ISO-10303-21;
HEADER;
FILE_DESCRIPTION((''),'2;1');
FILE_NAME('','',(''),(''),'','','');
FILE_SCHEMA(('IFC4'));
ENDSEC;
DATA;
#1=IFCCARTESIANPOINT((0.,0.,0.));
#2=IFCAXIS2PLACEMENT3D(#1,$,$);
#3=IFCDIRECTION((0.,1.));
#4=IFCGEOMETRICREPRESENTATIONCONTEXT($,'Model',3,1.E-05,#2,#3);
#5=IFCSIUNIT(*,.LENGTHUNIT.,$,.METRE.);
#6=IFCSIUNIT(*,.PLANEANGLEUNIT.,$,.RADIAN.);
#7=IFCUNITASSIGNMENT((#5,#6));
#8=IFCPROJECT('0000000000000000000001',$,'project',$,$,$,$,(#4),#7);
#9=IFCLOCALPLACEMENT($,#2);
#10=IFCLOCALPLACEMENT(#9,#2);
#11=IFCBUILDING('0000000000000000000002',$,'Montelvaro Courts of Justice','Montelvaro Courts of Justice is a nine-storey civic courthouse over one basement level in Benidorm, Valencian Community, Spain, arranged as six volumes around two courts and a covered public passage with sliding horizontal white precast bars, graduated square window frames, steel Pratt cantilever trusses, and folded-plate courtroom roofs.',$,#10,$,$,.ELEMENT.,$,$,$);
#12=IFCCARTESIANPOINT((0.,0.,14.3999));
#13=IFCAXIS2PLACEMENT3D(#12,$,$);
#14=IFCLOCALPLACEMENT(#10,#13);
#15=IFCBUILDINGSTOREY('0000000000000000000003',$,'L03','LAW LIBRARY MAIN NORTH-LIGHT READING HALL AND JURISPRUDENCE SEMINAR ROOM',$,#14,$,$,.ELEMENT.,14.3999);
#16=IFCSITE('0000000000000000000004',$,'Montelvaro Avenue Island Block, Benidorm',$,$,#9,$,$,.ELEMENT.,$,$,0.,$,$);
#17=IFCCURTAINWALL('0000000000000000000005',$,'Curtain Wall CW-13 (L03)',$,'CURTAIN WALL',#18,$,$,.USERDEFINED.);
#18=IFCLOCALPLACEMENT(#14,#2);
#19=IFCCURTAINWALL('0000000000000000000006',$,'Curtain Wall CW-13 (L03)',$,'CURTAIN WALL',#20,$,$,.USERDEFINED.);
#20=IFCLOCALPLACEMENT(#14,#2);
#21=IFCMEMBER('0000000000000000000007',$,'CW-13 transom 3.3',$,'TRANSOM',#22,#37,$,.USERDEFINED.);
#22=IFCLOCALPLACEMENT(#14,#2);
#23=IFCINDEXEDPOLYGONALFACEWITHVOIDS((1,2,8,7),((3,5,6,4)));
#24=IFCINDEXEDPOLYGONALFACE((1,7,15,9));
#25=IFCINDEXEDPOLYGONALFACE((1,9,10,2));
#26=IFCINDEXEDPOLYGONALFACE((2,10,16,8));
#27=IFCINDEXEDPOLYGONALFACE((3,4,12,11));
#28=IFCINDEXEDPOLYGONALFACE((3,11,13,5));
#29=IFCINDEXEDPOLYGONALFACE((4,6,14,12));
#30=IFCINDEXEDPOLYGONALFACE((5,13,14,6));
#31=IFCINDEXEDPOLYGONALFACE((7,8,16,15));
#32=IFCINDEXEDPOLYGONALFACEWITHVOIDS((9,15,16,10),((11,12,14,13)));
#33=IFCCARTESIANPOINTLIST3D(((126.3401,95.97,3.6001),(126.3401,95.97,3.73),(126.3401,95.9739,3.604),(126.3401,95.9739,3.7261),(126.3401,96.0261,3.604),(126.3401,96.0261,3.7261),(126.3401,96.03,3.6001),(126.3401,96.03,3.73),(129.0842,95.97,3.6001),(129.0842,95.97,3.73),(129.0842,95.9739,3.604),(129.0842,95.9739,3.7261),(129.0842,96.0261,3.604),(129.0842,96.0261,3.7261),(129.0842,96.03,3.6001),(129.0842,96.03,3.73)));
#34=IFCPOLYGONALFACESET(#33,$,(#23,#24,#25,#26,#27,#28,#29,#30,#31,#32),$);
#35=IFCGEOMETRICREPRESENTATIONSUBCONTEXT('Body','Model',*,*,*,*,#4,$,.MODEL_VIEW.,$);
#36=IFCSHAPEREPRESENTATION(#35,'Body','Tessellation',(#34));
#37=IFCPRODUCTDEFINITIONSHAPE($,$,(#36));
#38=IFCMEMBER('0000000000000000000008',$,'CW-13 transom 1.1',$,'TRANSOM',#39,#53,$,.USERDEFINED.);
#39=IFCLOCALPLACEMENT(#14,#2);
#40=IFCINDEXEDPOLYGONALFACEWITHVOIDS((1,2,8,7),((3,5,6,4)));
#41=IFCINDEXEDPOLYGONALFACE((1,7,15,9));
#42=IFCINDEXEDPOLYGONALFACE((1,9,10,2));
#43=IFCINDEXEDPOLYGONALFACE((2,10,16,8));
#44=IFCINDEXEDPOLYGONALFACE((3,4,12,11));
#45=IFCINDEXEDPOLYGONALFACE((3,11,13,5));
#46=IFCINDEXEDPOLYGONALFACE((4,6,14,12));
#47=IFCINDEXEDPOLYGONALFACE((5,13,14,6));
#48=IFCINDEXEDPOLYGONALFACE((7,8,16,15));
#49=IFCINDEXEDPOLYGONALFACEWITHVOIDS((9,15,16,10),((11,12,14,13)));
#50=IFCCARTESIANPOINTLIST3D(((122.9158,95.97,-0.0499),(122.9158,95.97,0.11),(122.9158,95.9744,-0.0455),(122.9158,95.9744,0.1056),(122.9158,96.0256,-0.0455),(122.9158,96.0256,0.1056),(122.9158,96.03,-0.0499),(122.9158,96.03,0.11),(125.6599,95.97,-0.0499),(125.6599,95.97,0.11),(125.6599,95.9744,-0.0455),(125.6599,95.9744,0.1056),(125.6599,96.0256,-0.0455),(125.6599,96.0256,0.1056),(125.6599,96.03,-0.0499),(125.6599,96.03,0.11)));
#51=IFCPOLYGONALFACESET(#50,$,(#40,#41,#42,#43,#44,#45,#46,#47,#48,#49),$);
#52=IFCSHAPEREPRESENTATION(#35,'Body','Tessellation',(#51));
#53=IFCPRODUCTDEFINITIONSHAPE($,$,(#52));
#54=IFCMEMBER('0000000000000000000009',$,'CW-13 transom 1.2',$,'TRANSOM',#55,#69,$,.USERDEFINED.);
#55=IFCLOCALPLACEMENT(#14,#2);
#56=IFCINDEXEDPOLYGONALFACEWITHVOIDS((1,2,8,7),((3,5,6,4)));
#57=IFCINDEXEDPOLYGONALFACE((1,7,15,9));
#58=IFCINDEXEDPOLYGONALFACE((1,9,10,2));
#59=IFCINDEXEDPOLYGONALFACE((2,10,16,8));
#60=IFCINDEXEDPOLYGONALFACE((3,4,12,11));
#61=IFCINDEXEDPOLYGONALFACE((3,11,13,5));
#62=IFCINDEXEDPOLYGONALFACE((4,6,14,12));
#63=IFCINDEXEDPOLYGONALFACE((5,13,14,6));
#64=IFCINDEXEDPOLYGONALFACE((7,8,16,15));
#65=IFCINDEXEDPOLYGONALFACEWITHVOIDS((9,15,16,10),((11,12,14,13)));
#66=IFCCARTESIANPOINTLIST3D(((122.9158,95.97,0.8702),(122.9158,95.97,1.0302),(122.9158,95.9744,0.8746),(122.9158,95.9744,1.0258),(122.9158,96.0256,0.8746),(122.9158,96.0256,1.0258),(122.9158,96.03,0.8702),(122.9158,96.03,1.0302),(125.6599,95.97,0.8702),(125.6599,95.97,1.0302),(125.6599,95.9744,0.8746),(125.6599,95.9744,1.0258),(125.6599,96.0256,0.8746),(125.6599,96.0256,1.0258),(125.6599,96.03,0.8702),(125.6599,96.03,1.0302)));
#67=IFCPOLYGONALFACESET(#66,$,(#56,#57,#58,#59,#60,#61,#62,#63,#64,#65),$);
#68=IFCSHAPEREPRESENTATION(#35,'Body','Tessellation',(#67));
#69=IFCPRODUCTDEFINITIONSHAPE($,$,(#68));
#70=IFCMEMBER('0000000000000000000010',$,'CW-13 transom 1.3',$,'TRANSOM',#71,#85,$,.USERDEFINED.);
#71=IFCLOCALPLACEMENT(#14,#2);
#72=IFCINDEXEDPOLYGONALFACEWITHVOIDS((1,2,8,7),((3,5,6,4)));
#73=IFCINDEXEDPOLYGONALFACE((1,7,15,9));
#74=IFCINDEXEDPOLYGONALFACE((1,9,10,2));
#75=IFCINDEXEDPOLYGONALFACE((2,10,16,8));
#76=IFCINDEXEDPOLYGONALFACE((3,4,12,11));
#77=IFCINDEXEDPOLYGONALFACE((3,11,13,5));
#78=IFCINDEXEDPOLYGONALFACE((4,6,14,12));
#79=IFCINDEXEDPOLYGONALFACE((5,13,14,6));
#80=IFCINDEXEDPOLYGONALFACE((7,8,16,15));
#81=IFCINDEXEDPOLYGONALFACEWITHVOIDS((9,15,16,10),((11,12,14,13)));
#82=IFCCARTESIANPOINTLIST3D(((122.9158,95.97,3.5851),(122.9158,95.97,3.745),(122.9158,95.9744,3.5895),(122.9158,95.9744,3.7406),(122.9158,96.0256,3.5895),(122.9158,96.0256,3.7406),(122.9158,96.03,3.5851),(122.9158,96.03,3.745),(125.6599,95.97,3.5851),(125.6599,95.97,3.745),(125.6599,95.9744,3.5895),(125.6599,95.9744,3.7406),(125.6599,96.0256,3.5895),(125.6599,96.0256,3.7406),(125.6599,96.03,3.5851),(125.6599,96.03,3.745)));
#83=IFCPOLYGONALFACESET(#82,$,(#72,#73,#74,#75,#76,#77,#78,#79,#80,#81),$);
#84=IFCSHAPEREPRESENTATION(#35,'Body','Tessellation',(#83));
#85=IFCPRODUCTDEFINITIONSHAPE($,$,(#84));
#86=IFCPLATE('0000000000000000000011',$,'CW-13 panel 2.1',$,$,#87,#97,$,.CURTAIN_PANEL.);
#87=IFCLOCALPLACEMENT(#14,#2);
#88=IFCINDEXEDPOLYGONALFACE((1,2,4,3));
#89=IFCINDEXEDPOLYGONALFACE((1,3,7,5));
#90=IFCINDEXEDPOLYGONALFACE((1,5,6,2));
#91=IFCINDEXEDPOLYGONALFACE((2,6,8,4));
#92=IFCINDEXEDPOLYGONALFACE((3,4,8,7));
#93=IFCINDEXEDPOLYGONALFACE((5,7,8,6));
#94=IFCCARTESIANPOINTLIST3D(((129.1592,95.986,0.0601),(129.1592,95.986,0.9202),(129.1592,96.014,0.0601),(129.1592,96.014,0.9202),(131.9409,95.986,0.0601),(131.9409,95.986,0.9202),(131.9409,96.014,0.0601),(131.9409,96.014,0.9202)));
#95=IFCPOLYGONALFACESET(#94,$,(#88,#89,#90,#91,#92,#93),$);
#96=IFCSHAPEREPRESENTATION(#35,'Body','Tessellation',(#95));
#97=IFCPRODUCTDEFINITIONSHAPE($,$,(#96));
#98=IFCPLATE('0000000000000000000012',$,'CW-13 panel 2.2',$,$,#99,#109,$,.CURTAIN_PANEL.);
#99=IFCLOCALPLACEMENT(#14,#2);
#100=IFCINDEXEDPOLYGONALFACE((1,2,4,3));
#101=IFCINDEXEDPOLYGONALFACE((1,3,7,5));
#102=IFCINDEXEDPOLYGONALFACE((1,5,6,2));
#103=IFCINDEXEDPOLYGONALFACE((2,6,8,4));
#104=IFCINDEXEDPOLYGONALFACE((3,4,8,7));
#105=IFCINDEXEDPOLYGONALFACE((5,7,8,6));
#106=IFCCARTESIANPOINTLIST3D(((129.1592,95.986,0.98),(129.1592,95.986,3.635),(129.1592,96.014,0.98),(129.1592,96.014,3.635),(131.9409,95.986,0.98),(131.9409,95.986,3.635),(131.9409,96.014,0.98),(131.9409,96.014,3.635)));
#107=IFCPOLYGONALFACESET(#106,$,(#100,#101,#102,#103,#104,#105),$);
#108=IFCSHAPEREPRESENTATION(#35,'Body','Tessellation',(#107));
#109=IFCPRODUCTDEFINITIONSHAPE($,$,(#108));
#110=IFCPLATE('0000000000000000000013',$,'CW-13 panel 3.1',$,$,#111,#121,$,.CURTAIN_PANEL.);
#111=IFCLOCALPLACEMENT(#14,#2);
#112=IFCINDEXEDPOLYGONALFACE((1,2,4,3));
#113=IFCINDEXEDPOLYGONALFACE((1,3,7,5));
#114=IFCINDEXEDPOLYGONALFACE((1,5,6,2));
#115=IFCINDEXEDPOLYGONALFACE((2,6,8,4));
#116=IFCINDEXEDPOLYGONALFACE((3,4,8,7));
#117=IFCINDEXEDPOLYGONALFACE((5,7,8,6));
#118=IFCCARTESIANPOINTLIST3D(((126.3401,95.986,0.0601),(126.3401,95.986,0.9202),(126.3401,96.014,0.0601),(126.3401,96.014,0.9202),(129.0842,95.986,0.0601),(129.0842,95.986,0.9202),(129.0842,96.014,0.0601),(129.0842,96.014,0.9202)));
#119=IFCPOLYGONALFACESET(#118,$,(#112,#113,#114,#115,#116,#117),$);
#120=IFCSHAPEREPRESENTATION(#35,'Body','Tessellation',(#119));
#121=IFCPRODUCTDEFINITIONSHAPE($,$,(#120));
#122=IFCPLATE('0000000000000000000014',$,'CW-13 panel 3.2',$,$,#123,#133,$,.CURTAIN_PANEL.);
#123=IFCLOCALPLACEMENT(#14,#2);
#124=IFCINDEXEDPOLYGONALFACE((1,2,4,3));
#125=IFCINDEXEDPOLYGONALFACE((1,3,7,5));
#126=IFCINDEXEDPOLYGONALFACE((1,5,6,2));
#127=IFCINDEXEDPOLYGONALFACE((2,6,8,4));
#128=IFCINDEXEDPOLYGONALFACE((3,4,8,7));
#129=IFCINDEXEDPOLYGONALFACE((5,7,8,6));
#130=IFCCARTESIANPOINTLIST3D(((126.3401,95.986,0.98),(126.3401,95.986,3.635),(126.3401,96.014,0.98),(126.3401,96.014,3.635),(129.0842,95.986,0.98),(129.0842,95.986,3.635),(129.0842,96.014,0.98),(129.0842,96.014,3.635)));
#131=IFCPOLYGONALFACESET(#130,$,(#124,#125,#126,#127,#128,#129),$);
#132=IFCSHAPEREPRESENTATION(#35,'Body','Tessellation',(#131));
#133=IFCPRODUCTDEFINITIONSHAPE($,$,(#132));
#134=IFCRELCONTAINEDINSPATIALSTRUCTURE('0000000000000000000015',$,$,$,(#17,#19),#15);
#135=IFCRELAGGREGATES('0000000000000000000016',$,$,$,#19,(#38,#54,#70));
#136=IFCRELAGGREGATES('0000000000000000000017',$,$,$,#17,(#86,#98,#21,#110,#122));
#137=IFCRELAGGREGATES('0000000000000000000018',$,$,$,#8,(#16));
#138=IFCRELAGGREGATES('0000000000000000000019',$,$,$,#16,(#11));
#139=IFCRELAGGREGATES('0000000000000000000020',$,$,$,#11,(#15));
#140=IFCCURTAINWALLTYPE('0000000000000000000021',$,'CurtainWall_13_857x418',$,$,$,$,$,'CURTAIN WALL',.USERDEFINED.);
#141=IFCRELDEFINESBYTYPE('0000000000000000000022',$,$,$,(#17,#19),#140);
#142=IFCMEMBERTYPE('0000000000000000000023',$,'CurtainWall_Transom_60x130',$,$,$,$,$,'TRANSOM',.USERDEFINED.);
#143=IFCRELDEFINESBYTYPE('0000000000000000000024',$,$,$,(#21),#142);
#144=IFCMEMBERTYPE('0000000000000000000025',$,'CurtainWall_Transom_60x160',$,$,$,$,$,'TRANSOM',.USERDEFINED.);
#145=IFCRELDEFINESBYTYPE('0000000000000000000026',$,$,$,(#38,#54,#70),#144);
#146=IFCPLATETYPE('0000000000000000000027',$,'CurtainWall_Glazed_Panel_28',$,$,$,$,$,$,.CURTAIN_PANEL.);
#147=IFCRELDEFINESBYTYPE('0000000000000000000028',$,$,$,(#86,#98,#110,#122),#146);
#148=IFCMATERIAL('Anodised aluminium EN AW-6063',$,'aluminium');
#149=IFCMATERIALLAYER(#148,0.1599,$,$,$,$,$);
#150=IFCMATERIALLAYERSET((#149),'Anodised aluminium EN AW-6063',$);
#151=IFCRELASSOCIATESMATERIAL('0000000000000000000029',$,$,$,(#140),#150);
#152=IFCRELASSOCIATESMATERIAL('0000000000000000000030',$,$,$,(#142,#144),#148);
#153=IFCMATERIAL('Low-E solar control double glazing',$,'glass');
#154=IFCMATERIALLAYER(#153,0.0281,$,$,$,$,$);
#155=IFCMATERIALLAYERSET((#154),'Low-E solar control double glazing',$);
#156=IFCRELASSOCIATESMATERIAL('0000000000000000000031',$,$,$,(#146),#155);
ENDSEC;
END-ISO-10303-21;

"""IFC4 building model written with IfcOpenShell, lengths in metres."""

from ifc_helpers import new_model, si_unit, direction, frame, origin, origin_2d, place, context, subcontext, project, spatial, rectangle, hollow_rectangle, extrude, material, layer, layer_set, material_profile, profile_set, type_object, element, aggregate, save


model = new_model("IFC4")

# Units and contexts
model_context = context("Model", 3, precision=1e-05, world=origin(), true_north=direction((0.0, 1.0)))
body_context = subcontext(model_context, "Body", "Model", "MODEL_VIEW")
ifc_project = project(units=[si_unit("LENGTHUNIT", "METRE"), si_unit("PLANEANGLEUNIT", "RADIAN")], contexts=[model_context])

# Site, building, storey
site_placement = place(None, origin())
site = spatial("IfcSite", under=ifc_project, at=site_placement, Name="Montelvaro Avenue Island Block, Benidorm", CompositionType="ELEMENT", RefElevation=0.0)
building_placement = place(site_placement, origin())
building = spatial("IfcBuilding", under=site, at=building_placement, Name="Montelvaro Courts of Justice", Description="Montelvaro Courts of Justice is a nine-storey civic courthouse over one basement level in Benidorm, Valencian Community, Spain, arranged as six volumes around two courts and a covered public passage with sliding horizontal white precast bars, graduated square window frames, steel Pratt cantilever trusses, and folded-plate courtroom roofs.", CompositionType="ELEMENT")
storey_placement = place(building_placement, frame((0.0, 0.0, 14.3999)))
storey = spatial("IfcBuildingStorey", under=building, at=storey_placement, Name="L03", Description="LAW LIBRARY MAIN NORTH-LIGHT READING HALL AND JURISPRUDENCE SEMINAR ROOM", CompositionType="ELEMENT", Elevation=14.3999)

# Curtain wall
ifc_material_1 = material(Name="Anodised aluminium EN AW-6063", Category="aluminium")
ifc_layer_1 = layer(ifc_material_1, 0.1599)
ifc_layer_set_1 = layer_set([ifc_layer_1], Name="Anodised aluminium EN AW-6063")
curtain_wall_type = type_object("IfcCurtainWallType", Name="CurtainWall_13_857x418", ElementType="CURTAIN WALL", PredefinedType="USERDEFINED", material=ifc_layer_set_1)
curtain_wall_1_placement = place(storey_placement, origin())
curtain_wall_1 = element("IfcCurtainWall", 1, at=curtain_wall_1_placement, inside=storey, type_object=curtain_wall_type, Name="Curtain Wall CW-13 (L03)", ObjectType="CURTAIN WALL", PredefinedType="USERDEFINED")

# Curtain wall
curtain_wall_2_placement = place(storey_placement, origin())
curtain_wall_2 = element("IfcCurtainWall", 2, at=curtain_wall_2_placement, inside=storey, type_object=curtain_wall_type, Name="Curtain Wall CW-13 (L03)", ObjectType="CURTAIN WALL", PredefinedType="USERDEFINED")

# Members
ifc_material_profile_1 = material_profile(ifc_material_1, hollow_rectangle(XDim=0.0601, YDim=0.1299, WallThickness=0.0039, at=origin_2d()), Name="ALU-T 60x130")
ifc_profile_set_1 = profile_set([ifc_material_profile_1], Name="Anodised aluminium EN AW-6063")
member_type_1 = type_object("IfcMemberType", Name="CurtainWall_Transom_60x130", ElementType="TRANSOM", PredefinedType="USERDEFINED", material=ifc_profile_set_1)
member_1_placement = place(storey_placement, frame((129.0842, 96.0, 3.665), z_axis=(-1.0, 0.0, 0.0), x_axis=(0.0, -1.0, 0.0)))
member_1 = element("IfcMember", 3, at=member_1_placement, type_object=member_type_1, Name="CW-13 transom 3.3", ObjectType="TRANSOM", PredefinedType="USERDEFINED", context=body_context, shape_type="SweptSolid", body=[
    extrude(hollow_rectangle(XDim=0.0601, YDim=0.1299, WallThickness=0.0039, at=origin_2d()), origin(), (0.0, 0.0, 1.0), 2.7441),
])
ifc_material_profile_2 = material_profile(ifc_material_1, hollow_rectangle(XDim=0.0601, YDim=0.1599, WallThickness=0.0044, at=origin_2d()), Name="ALU-T 60x160")
ifc_profile_set_2 = profile_set([ifc_material_profile_2], Name="Anodised aluminium EN AW-6063")
member_type_2 = type_object("IfcMemberType", Name="CurtainWall_Transom_60x160", ElementType="TRANSOM", PredefinedType="USERDEFINED", material=ifc_profile_set_2)
member_2_placement = place(storey_placement, frame((125.6599, 96.0, 0.03), z_axis=(-1.0, 0.0, 0.0), x_axis=(0.0, -1.0, 0.0)))
member_2 = element("IfcMember", 4, at=member_2_placement, type_object=member_type_2, Name="CW-13 transom 1.1", ObjectType="TRANSOM", PredefinedType="USERDEFINED", context=body_context, shape_type="SweptSolid", body=[
    extrude(hollow_rectangle(XDim=0.0601, YDim=0.1599, WallThickness=0.0044, at=origin_2d()), origin(), (0.0, 0.0, 1.0), 2.7441),
])
member_3_placement = place(storey_placement, frame((125.6599, 96.0, 0.9502), z_axis=(-1.0, 0.0, 0.0), x_axis=(0.0, -1.0, 0.0)))
member_3 = element("IfcMember", 5, at=member_3_placement, type_object=member_type_2, Name="CW-13 transom 1.2", ObjectType="TRANSOM", PredefinedType="USERDEFINED", context=body_context, shape_type="SweptSolid", body=[
    extrude(hollow_rectangle(XDim=0.0601, YDim=0.1599, WallThickness=0.0044, at=origin_2d()), origin(), (0.0, 0.0, 1.0), 2.7441),
])
member_4_placement = place(storey_placement, frame((125.6599, 96.0, 3.665), z_axis=(-1.0, 0.0, 0.0), x_axis=(0.0, -1.0, 0.0)))
member_4 = element("IfcMember", 6, at=member_4_placement, type_object=member_type_2, Name="CW-13 transom 1.3", ObjectType="TRANSOM", PredefinedType="USERDEFINED", context=body_context, shape_type="SweptSolid", body=[
    extrude(hollow_rectangle(XDim=0.0601, YDim=0.1599, WallThickness=0.0044, at=origin_2d()), origin(), (0.0, 0.0, 1.0), 2.7441),
])
aggregate(curtain_wall_2, [member_2, member_3, member_4])

# Plates
ifc_material_2 = material(Name="Low-E solar control double glazing", Category="glass")
ifc_layer_2 = layer(ifc_material_2, 0.0281)
ifc_layer_set_2 = layer_set([ifc_layer_2], Name="Low-E solar control double glazing")
plate_type = type_object("IfcPlateType", Name="CurtainWall_Glazed_Panel_28", PredefinedType="CURTAIN_PANEL", material=ifc_layer_set_2)
plate_1_placement = place(storey_placement, frame((130.55, 96.0, 0.0601), z_axis=(0.0, 0.0, 1.0), x_axis=(-1.0, 0.0, 0.0)))
plate_1 = element("IfcPlate", 7, at=plate_1_placement, type_object=plate_type, Name="CW-13 panel 2.1", PredefinedType="CURTAIN_PANEL", context=body_context, shape_type="SweptSolid", body=[
    extrude(rectangle(XDim=2.7817, YDim=0.0281, at=origin_2d()), origin(), (0.0, 0.0, 1.0), 0.8601),
])
plate_2_placement = place(storey_placement, frame((130.55, 96.0, 0.98), z_axis=(0.0, 0.0, 1.0), x_axis=(-1.0, 0.0, 0.0)))
plate_2 = element("IfcPlate", 8, at=plate_2_placement, type_object=plate_type, Name="CW-13 panel 2.2", PredefinedType="CURTAIN_PANEL", context=body_context, shape_type="SweptSolid", body=[
    extrude(rectangle(XDim=2.7817, YDim=0.0281, at=origin_2d()), origin(), (0.0, 0.0, 1.0), 2.655),
])
plate_3_placement = place(storey_placement, frame((127.7122, 96.0, 0.0601), z_axis=(0.0, 0.0, 1.0), x_axis=(-1.0, 0.0, 0.0)))
plate_3 = element("IfcPlate", 9, at=plate_3_placement, type_object=plate_type, Name="CW-13 panel 3.1", PredefinedType="CURTAIN_PANEL", context=body_context, shape_type="SweptSolid", body=[
    extrude(rectangle(XDim=2.7441, YDim=0.0281, at=origin_2d()), origin(), (0.0, 0.0, 1.0), 0.8601),
])
plate_4_placement = place(storey_placement, frame((127.7122, 96.0, 0.98), z_axis=(0.0, 0.0, 1.0), x_axis=(-1.0, 0.0, 0.0)))
plate_4 = element("IfcPlate", 10, at=plate_4_placement, type_object=plate_type, Name="CW-13 panel 3.2", PredefinedType="CURTAIN_PANEL", context=body_context, shape_type="SweptSolid", body=[
    extrude(rectangle(XDim=2.7441, YDim=0.0281, at=origin_2d()), origin(), (0.0, 0.0, 1.0), 2.655),
])
aggregate(curtain_wall_1, [plate_1, plate_2, member_1, plate_3, plate_4])

save(model, "model.ifc")
